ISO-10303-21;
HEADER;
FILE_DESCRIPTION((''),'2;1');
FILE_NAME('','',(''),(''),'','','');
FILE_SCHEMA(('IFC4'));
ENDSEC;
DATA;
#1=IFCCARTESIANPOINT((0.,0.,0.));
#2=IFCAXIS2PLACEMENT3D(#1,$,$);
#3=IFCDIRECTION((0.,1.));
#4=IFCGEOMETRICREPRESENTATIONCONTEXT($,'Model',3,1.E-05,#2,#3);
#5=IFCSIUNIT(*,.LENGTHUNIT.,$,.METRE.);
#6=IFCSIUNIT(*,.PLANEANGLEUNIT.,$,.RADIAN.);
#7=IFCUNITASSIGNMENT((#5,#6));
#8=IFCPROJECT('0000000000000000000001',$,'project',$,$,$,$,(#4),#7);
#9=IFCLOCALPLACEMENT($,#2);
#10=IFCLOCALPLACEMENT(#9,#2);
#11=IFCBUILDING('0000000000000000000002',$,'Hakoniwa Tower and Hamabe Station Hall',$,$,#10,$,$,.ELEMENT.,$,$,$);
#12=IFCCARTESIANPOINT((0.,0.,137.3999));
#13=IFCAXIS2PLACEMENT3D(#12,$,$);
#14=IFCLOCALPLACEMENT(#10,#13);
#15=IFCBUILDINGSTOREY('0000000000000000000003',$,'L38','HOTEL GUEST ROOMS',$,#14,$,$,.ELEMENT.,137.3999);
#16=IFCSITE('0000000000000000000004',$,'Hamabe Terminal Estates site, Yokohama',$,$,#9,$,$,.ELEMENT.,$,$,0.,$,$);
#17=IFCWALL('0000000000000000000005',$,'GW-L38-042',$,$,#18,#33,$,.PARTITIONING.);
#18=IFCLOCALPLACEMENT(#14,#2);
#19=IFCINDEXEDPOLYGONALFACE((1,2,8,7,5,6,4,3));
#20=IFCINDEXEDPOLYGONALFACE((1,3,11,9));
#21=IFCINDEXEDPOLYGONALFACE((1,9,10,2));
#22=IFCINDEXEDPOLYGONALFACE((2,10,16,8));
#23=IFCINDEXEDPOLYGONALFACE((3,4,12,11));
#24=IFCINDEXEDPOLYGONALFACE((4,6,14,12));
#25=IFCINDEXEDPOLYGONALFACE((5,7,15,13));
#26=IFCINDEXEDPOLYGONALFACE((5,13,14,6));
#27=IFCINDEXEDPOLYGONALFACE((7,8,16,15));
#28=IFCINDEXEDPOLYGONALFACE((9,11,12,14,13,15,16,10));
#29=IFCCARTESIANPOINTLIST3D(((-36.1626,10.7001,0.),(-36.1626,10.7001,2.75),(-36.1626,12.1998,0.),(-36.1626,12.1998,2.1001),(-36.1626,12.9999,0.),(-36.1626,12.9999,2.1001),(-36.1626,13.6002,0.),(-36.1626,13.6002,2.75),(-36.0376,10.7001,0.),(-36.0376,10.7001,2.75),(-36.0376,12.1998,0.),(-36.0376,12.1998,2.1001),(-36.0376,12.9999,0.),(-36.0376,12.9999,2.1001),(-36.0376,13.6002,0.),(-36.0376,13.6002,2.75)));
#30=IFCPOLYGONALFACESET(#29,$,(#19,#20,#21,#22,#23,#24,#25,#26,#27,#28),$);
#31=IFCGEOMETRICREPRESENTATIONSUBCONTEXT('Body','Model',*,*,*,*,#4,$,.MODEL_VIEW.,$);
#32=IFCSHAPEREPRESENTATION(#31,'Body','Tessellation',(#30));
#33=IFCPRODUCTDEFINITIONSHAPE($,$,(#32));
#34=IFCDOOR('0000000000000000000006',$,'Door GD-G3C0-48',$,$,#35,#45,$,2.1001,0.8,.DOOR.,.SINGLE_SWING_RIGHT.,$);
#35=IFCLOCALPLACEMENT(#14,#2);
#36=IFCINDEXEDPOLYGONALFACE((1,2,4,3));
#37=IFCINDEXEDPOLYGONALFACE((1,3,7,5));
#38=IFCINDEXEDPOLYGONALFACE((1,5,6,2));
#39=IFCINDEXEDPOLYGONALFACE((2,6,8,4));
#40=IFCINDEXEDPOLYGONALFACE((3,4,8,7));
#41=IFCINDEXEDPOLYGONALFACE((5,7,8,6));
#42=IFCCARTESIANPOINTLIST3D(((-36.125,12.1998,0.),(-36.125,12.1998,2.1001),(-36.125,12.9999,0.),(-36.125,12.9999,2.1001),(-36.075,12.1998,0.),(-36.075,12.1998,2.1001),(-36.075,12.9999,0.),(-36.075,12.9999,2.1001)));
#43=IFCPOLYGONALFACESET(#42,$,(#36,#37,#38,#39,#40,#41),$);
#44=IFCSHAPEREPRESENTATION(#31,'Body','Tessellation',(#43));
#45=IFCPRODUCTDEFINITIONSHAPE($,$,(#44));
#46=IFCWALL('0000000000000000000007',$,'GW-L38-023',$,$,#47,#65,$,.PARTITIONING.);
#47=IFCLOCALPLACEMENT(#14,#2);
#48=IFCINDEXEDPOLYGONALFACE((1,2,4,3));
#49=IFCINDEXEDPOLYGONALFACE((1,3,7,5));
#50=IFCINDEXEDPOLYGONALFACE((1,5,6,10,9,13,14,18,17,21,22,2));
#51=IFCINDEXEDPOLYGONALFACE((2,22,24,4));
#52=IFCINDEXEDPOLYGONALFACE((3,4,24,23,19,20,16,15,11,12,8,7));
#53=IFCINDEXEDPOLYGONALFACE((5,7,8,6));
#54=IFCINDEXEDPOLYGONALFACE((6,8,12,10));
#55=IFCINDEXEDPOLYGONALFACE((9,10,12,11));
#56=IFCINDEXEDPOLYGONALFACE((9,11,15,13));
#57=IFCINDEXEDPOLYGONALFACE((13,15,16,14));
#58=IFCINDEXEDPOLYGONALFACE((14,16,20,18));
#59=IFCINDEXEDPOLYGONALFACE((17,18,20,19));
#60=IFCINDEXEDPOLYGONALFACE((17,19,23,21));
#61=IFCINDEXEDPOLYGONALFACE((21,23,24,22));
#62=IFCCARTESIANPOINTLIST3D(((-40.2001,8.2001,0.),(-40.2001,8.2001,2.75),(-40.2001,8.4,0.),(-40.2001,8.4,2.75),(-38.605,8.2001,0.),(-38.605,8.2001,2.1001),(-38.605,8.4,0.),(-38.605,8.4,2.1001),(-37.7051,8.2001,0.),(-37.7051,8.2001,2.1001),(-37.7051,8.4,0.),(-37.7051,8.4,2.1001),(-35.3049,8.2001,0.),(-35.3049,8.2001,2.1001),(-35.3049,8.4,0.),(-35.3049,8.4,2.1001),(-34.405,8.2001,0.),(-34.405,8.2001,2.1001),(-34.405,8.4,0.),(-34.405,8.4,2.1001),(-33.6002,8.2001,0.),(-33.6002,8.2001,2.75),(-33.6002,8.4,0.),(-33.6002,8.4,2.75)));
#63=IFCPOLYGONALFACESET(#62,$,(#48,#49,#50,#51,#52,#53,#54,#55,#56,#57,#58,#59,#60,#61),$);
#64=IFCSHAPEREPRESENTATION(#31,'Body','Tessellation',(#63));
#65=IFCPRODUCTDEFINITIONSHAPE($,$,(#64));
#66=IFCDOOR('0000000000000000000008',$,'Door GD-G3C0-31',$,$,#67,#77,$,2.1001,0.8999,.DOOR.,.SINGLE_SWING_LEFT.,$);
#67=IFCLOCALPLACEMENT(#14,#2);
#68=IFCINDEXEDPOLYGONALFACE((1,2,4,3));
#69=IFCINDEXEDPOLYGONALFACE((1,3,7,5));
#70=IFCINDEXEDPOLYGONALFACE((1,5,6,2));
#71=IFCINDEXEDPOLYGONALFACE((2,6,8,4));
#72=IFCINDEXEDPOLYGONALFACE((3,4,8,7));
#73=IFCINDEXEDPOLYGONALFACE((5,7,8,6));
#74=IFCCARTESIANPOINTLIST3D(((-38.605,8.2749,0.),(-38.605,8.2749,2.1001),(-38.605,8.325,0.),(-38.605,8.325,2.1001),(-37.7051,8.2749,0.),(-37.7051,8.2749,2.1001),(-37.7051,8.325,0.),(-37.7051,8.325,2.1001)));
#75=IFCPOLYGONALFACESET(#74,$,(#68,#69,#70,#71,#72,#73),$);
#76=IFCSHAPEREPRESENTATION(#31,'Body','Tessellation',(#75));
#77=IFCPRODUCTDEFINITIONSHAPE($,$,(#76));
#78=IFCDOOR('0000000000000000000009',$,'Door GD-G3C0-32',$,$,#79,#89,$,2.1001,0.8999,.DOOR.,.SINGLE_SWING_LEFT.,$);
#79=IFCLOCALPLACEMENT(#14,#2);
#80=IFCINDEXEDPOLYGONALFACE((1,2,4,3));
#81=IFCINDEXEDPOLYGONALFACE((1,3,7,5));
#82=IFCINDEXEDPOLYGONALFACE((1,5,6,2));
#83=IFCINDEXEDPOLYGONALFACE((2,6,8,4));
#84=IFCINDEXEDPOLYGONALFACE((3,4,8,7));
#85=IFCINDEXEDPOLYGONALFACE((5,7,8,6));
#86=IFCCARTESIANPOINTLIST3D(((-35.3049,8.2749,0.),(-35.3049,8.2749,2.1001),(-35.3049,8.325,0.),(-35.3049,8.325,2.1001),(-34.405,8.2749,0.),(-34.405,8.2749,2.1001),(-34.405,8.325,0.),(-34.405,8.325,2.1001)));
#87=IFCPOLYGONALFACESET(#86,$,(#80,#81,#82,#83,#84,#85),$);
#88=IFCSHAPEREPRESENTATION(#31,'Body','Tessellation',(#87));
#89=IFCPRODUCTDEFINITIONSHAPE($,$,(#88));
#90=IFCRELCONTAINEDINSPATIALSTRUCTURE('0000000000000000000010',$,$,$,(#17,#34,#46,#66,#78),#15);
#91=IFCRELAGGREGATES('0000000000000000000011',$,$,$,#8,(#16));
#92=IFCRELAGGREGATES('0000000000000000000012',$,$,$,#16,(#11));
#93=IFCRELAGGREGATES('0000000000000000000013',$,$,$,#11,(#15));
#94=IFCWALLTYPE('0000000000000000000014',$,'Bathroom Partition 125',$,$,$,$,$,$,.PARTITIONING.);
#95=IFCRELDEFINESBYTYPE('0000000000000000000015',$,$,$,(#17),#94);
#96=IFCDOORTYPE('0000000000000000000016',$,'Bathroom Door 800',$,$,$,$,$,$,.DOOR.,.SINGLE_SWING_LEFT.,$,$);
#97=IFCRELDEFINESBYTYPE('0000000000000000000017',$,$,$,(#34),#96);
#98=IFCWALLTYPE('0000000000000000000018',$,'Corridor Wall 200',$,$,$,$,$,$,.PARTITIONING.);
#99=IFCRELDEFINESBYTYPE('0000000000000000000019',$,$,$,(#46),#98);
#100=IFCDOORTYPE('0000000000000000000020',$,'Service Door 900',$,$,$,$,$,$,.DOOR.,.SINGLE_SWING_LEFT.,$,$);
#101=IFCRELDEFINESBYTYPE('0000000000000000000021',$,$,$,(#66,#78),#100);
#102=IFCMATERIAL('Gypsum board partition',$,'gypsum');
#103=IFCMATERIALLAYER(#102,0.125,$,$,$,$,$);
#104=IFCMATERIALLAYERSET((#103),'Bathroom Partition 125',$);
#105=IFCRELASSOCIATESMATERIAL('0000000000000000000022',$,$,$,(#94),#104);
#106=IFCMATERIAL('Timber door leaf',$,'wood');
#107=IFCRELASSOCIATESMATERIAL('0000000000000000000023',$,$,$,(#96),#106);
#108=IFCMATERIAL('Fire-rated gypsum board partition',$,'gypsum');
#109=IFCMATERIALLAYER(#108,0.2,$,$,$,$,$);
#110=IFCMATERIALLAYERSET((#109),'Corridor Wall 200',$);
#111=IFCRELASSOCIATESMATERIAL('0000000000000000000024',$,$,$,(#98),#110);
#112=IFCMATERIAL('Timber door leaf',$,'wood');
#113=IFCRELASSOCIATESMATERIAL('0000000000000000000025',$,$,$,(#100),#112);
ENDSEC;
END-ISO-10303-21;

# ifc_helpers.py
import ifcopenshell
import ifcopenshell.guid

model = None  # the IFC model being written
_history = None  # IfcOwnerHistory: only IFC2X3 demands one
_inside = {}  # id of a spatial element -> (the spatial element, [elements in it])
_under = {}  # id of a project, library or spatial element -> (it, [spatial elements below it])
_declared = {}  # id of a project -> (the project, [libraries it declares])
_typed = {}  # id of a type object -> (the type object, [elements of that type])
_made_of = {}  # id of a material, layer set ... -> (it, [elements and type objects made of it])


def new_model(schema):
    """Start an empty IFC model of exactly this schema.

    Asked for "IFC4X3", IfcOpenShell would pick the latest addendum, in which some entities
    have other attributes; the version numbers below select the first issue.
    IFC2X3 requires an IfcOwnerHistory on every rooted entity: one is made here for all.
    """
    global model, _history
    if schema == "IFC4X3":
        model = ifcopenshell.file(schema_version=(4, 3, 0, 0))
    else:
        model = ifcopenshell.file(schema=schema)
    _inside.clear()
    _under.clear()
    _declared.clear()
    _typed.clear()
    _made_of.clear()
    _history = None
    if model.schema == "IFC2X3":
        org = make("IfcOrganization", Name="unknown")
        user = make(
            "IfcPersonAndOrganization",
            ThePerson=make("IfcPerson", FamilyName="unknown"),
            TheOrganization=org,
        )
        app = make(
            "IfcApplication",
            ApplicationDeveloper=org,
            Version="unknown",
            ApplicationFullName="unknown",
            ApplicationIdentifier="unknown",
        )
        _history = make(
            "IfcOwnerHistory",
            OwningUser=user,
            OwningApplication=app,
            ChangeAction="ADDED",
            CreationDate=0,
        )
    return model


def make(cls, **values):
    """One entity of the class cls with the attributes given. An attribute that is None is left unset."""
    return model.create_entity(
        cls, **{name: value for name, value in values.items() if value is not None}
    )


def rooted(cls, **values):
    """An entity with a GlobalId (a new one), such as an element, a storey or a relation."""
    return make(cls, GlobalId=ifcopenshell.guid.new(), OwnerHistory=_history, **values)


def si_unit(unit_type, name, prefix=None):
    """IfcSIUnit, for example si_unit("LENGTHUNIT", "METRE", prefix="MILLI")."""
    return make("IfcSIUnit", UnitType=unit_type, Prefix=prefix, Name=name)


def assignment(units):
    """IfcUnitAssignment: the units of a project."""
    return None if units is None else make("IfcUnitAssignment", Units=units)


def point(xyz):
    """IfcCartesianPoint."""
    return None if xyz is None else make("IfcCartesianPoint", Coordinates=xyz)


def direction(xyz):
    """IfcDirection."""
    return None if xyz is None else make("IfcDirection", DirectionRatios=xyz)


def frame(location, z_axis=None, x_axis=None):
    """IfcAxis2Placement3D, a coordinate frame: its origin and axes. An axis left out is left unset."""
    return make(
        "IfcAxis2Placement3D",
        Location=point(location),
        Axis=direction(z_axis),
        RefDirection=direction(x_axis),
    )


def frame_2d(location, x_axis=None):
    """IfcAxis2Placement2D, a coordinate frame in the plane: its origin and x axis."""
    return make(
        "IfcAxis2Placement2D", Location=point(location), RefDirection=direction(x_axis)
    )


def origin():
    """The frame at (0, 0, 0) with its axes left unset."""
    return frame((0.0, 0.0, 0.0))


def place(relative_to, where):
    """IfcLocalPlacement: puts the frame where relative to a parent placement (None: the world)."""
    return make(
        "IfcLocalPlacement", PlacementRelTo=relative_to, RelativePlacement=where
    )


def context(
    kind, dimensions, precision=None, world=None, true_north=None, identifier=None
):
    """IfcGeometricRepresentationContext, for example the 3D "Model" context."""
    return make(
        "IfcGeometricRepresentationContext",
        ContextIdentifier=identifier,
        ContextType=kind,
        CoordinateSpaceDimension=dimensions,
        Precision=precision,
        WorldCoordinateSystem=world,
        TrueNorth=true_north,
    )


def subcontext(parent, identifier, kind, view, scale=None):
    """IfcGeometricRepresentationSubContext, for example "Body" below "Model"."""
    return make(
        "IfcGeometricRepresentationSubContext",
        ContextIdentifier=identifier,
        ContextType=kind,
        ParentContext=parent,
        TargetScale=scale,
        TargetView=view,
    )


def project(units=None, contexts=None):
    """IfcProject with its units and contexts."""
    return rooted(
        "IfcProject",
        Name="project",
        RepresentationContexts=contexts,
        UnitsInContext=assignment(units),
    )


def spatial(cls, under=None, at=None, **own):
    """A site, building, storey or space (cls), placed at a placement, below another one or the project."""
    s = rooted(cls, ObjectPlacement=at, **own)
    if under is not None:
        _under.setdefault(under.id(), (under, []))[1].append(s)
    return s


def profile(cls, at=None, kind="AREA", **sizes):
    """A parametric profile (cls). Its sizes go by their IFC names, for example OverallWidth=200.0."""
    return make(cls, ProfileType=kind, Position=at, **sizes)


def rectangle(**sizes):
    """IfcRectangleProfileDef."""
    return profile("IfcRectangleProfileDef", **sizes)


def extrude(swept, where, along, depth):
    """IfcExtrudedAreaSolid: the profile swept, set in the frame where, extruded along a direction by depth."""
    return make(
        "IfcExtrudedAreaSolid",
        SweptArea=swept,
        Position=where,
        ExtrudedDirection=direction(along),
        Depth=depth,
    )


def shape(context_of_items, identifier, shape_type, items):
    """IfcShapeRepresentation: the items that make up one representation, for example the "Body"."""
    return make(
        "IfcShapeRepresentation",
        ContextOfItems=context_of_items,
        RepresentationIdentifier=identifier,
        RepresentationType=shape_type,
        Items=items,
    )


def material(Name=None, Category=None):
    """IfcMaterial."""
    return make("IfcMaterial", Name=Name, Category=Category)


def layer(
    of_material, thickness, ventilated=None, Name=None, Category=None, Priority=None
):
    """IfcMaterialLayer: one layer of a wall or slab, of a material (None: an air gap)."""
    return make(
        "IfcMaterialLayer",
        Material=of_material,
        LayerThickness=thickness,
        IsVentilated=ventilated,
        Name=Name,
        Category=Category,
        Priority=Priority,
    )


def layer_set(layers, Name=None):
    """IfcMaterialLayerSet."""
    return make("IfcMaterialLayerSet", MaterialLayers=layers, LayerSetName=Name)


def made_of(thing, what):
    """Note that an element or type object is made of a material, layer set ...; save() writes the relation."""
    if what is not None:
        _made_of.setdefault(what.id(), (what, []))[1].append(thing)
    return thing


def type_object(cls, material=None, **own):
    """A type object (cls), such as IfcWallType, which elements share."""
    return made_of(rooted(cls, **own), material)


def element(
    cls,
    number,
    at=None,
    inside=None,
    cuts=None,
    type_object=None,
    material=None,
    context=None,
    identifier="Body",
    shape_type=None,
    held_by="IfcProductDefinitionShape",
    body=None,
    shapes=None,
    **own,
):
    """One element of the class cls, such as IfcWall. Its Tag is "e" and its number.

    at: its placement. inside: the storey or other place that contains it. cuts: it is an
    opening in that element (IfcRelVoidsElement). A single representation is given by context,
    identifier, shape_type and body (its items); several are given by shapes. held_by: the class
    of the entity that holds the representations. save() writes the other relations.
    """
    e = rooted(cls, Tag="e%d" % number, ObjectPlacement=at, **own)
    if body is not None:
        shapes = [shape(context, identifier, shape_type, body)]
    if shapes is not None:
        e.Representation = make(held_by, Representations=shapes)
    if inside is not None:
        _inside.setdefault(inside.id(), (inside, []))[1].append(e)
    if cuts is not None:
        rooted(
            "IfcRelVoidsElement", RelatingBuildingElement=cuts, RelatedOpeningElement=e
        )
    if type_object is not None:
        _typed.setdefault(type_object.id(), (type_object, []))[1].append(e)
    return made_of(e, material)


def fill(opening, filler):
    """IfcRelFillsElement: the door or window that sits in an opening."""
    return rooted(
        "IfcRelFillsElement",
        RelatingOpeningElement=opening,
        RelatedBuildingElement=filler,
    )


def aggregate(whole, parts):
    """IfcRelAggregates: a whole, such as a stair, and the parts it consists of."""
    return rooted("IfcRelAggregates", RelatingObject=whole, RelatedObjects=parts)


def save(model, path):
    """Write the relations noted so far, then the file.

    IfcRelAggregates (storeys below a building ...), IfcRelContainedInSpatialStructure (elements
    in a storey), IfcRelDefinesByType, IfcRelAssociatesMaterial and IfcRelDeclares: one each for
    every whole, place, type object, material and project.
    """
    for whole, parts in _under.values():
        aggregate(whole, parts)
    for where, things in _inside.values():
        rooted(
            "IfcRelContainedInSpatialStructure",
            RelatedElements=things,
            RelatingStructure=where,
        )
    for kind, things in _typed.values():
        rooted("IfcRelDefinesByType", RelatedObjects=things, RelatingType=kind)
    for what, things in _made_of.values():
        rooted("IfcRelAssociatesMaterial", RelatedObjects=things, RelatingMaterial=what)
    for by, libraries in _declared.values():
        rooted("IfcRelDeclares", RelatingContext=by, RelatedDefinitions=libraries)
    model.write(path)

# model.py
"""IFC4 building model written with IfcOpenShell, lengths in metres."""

from ifc_helpers import new_model, si_unit, direction, frame, frame_2d, origin, place, context, subcontext, project, spatial, rectangle, extrude, material, layer, layer_set, type_object, element, fill, save


model = new_model("IFC4")

# Units and contexts
model_context = context("Model", 3, precision=1e-05, world=origin(), true_north=direction((0.0, 1.0)))
body_context = subcontext(model_context, "Body", "Model", "MODEL_VIEW")
ifc_project = project(units=[si_unit("LENGTHUNIT", "METRE"), si_unit("PLANEANGLEUNIT", "RADIAN")], contexts=[model_context])

# Site, building, storey
site_placement = place(None, origin())
site = spatial("IfcSite", under=ifc_project, at=site_placement, Name="Hamabe Terminal Estates site, Yokohama", CompositionType="ELEMENT", RefElevation=0.0)
building_placement = place(site_placement, origin())
building = spatial("IfcBuilding", under=site, at=building_placement, Name="Hakoniwa Tower and Hamabe Station Hall", CompositionType="ELEMENT")
storey_placement = place(building_placement, frame((0.0, 0.0, 137.3999)))
storey = spatial("IfcBuildingStorey", under=building, at=storey_placement, Name="L38", Description="HOTEL GUEST ROOMS", CompositionType="ELEMENT", Elevation=137.3999)

# Shared definitions
ifc_material_1 = material(Name="Gypsum board partition", Category="gypsum")
ifc_layer_1 = layer(ifc_material_1, 0.125)
ifc_layer_set_1 = layer_set([ifc_layer_1], Name="Bathroom Partition 125")
wall_type_1 = type_object("IfcWallType", Name="Bathroom Partition 125", PredefinedType="PARTITIONING", material=ifc_layer_set_1)

# Wall, opening, door
ifc_material_2 = material(Name="Timber door leaf", Category="wood")
door_type_1 = type_object("IfcDoorType", Name="Bathroom Door 800", OperationType="SINGLE_SWING_LEFT", PredefinedType="DOOR", material=ifc_material_2)
wall_1_placement = place(storey_placement, frame((-36.1001, 10.7, 0.0), z_axis=(0.0, 0.0, 1.0), x_axis=(0.0, 1.0, 0.0)))
wall_1 = element("IfcWall", 1, at=wall_1_placement, inside=storey, type_object=wall_type_1, Name="GW-L38-042", PredefinedType="PARTITIONING", context=body_context, shape_type="SweptSolid", body=[
    extrude(rectangle(XDim=2.9001, YDim=0.125, at=frame_2d((1.4502, 0.0))), origin(), (0.0, 0.0, 1.0), 2.75),
])
opening_1_placement = place(wall_1_placement, frame((1.5, 0.0, 0.0)))
opening_1 = element("IfcOpeningElement", 2, at=opening_1_placement, cuts=wall_1, PredefinedType="OPENING", context=body_context, shape_type="SweptSolid", body=[
    extrude(rectangle(XDim=0.8, YDim=2.1001, at=frame_2d((0.3999, 1.05))), frame((0.0, 0.0725, 0.0), z_axis=(0.0, -1.0, 0.0), x_axis=(1.0, 0.0, 0.0)), (0.0, 0.0, 1.0), 0.145),
])
door_1_placement = place(opening_1_placement, origin())
door_1 = element("IfcDoor", 3, at=door_1_placement, inside=storey, type_object=door_type_1, Name="Door GD-G3C0-48", OperationType="SINGLE_SWING_RIGHT", OverallHeight=2.1001, OverallWidth=0.8, PredefinedType="DOOR", context=body_context, shape_type="SweptSolid", body=[
    extrude(rectangle(XDim=0.8, YDim=2.1001, at=frame_2d((0.3999, 1.05))), frame((0.0, 0.0249, 0.0), z_axis=(0.0, -1.0, 0.0), x_axis=(1.0, 0.0, 0.0)), (0.0, 0.0, 1.0), 0.05),
])
fill(opening_1, door_1)

# Wall, openings, doors
ifc_material_3 = material(Name="Fire-rated gypsum board partition", Category="gypsum")
ifc_layer_2 = layer(ifc_material_3, 0.2)
ifc_layer_set_2 = layer_set([ifc_layer_2], Name="Corridor Wall 200")
wall_type_2 = type_object("IfcWallType", Name="Corridor Wall 200", PredefinedType="PARTITIONING", material=ifc_layer_set_2)
wall_2_placement = place(storey_placement, frame((-40.2, 8.3, 0.0), z_axis=(0.0, 0.0, 1.0), x_axis=(1.0, 0.0, 0.0)))
wall_2 = element("IfcWall", 4, at=wall_2_placement, inside=storey, type_object=wall_type_2, Name="GW-L38-023", PredefinedType="PARTITIONING", context=body_context, shape_type="SweptSolid", body=[
    extrude(rectangle(XDim=6.5999, YDim=0.2, at=frame_2d((3.2998, 0.0))), origin(), (0.0, 0.0, 1.0), 2.75),
])
opening_2_placement = place(wall_2_placement, frame((1.595, 0.0, 0.0)))
opening_2 = element("IfcOpeningElement", 5, at=opening_2_placement, cuts=wall_2, PredefinedType="OPENING", context=body_context, shape_type="SweptSolid", body=[
    extrude(rectangle(XDim=0.8999, YDim=2.1001, at=frame_2d((0.45, 1.05))), frame((0.0, 0.1099, 0.0), z_axis=(0.0, -1.0, 0.0), x_axis=(1.0, 0.0, 0.0)), (0.0, 0.0, 1.0), 0.22),
])
opening_3_placement = place(wall_2_placement, frame((4.895, 0.0, 0.0)))
opening_3 = element("IfcOpeningElement", 6, at=opening_3_placement, cuts=wall_2, PredefinedType="OPENING", context=body_context, shape_type="SweptSolid", body=[
    extrude(rectangle(XDim=0.8999, YDim=2.1001, at=frame_2d((0.45, 1.05))), frame((0.0, 0.1099, 0.0), z_axis=(0.0, -1.0, 0.0), x_axis=(1.0, 0.0, 0.0)), (0.0, 0.0, 1.0), 0.22),
])
ifc_material_4 = material(Name="Timber door leaf", Category="wood")
door_type_2 = type_object("IfcDoorType", Name="Service Door 900", OperationType="SINGLE_SWING_LEFT", PredefinedType="DOOR", material=ifc_material_4)
door_2_placement = place(opening_2_placement, origin())
door_2 = element("IfcDoor", 7, at=door_2_placement, inside=storey, type_object=door_type_2, Name="Door GD-G3C0-31", OperationType="SINGLE_SWING_LEFT", OverallHeight=2.1001, OverallWidth=0.8999, PredefinedType="DOOR", context=body_context, shape_type="SweptSolid", body=[
    extrude(rectangle(XDim=0.8999, YDim=2.1001, at=frame_2d((0.45, 1.05))), frame((0.0, 0.0249, 0.0), z_axis=(0.0, -1.0, 0.0), x_axis=(1.0, 0.0, 0.0)), (0.0, 0.0, 1.0), 0.05),
])
fill(opening_2, door_2)
door_3_placement = place(opening_3_placement, origin())
door_3 = element("IfcDoor", 8, at=door_3_placement, inside=storey, type_object=door_type_2, Name="Door GD-G3C0-32", OperationType="SINGLE_SWING_LEFT", OverallHeight=2.1001, OverallWidth=0.8999, PredefinedType="DOOR", context=body_context, shape_type="SweptSolid", body=[
    extrude(rectangle(XDim=0.8999, YDim=2.1001, at=frame_2d((0.45, 1.05))), frame((0.0, 0.0249, 0.0), z_axis=(0.0, -1.0, 0.0), x_axis=(1.0, 0.0, 0.0)), (0.0, 0.0, 1.0), 0.05),
])
fill(opening_3, door_3)

save(model, "model.ifc")
